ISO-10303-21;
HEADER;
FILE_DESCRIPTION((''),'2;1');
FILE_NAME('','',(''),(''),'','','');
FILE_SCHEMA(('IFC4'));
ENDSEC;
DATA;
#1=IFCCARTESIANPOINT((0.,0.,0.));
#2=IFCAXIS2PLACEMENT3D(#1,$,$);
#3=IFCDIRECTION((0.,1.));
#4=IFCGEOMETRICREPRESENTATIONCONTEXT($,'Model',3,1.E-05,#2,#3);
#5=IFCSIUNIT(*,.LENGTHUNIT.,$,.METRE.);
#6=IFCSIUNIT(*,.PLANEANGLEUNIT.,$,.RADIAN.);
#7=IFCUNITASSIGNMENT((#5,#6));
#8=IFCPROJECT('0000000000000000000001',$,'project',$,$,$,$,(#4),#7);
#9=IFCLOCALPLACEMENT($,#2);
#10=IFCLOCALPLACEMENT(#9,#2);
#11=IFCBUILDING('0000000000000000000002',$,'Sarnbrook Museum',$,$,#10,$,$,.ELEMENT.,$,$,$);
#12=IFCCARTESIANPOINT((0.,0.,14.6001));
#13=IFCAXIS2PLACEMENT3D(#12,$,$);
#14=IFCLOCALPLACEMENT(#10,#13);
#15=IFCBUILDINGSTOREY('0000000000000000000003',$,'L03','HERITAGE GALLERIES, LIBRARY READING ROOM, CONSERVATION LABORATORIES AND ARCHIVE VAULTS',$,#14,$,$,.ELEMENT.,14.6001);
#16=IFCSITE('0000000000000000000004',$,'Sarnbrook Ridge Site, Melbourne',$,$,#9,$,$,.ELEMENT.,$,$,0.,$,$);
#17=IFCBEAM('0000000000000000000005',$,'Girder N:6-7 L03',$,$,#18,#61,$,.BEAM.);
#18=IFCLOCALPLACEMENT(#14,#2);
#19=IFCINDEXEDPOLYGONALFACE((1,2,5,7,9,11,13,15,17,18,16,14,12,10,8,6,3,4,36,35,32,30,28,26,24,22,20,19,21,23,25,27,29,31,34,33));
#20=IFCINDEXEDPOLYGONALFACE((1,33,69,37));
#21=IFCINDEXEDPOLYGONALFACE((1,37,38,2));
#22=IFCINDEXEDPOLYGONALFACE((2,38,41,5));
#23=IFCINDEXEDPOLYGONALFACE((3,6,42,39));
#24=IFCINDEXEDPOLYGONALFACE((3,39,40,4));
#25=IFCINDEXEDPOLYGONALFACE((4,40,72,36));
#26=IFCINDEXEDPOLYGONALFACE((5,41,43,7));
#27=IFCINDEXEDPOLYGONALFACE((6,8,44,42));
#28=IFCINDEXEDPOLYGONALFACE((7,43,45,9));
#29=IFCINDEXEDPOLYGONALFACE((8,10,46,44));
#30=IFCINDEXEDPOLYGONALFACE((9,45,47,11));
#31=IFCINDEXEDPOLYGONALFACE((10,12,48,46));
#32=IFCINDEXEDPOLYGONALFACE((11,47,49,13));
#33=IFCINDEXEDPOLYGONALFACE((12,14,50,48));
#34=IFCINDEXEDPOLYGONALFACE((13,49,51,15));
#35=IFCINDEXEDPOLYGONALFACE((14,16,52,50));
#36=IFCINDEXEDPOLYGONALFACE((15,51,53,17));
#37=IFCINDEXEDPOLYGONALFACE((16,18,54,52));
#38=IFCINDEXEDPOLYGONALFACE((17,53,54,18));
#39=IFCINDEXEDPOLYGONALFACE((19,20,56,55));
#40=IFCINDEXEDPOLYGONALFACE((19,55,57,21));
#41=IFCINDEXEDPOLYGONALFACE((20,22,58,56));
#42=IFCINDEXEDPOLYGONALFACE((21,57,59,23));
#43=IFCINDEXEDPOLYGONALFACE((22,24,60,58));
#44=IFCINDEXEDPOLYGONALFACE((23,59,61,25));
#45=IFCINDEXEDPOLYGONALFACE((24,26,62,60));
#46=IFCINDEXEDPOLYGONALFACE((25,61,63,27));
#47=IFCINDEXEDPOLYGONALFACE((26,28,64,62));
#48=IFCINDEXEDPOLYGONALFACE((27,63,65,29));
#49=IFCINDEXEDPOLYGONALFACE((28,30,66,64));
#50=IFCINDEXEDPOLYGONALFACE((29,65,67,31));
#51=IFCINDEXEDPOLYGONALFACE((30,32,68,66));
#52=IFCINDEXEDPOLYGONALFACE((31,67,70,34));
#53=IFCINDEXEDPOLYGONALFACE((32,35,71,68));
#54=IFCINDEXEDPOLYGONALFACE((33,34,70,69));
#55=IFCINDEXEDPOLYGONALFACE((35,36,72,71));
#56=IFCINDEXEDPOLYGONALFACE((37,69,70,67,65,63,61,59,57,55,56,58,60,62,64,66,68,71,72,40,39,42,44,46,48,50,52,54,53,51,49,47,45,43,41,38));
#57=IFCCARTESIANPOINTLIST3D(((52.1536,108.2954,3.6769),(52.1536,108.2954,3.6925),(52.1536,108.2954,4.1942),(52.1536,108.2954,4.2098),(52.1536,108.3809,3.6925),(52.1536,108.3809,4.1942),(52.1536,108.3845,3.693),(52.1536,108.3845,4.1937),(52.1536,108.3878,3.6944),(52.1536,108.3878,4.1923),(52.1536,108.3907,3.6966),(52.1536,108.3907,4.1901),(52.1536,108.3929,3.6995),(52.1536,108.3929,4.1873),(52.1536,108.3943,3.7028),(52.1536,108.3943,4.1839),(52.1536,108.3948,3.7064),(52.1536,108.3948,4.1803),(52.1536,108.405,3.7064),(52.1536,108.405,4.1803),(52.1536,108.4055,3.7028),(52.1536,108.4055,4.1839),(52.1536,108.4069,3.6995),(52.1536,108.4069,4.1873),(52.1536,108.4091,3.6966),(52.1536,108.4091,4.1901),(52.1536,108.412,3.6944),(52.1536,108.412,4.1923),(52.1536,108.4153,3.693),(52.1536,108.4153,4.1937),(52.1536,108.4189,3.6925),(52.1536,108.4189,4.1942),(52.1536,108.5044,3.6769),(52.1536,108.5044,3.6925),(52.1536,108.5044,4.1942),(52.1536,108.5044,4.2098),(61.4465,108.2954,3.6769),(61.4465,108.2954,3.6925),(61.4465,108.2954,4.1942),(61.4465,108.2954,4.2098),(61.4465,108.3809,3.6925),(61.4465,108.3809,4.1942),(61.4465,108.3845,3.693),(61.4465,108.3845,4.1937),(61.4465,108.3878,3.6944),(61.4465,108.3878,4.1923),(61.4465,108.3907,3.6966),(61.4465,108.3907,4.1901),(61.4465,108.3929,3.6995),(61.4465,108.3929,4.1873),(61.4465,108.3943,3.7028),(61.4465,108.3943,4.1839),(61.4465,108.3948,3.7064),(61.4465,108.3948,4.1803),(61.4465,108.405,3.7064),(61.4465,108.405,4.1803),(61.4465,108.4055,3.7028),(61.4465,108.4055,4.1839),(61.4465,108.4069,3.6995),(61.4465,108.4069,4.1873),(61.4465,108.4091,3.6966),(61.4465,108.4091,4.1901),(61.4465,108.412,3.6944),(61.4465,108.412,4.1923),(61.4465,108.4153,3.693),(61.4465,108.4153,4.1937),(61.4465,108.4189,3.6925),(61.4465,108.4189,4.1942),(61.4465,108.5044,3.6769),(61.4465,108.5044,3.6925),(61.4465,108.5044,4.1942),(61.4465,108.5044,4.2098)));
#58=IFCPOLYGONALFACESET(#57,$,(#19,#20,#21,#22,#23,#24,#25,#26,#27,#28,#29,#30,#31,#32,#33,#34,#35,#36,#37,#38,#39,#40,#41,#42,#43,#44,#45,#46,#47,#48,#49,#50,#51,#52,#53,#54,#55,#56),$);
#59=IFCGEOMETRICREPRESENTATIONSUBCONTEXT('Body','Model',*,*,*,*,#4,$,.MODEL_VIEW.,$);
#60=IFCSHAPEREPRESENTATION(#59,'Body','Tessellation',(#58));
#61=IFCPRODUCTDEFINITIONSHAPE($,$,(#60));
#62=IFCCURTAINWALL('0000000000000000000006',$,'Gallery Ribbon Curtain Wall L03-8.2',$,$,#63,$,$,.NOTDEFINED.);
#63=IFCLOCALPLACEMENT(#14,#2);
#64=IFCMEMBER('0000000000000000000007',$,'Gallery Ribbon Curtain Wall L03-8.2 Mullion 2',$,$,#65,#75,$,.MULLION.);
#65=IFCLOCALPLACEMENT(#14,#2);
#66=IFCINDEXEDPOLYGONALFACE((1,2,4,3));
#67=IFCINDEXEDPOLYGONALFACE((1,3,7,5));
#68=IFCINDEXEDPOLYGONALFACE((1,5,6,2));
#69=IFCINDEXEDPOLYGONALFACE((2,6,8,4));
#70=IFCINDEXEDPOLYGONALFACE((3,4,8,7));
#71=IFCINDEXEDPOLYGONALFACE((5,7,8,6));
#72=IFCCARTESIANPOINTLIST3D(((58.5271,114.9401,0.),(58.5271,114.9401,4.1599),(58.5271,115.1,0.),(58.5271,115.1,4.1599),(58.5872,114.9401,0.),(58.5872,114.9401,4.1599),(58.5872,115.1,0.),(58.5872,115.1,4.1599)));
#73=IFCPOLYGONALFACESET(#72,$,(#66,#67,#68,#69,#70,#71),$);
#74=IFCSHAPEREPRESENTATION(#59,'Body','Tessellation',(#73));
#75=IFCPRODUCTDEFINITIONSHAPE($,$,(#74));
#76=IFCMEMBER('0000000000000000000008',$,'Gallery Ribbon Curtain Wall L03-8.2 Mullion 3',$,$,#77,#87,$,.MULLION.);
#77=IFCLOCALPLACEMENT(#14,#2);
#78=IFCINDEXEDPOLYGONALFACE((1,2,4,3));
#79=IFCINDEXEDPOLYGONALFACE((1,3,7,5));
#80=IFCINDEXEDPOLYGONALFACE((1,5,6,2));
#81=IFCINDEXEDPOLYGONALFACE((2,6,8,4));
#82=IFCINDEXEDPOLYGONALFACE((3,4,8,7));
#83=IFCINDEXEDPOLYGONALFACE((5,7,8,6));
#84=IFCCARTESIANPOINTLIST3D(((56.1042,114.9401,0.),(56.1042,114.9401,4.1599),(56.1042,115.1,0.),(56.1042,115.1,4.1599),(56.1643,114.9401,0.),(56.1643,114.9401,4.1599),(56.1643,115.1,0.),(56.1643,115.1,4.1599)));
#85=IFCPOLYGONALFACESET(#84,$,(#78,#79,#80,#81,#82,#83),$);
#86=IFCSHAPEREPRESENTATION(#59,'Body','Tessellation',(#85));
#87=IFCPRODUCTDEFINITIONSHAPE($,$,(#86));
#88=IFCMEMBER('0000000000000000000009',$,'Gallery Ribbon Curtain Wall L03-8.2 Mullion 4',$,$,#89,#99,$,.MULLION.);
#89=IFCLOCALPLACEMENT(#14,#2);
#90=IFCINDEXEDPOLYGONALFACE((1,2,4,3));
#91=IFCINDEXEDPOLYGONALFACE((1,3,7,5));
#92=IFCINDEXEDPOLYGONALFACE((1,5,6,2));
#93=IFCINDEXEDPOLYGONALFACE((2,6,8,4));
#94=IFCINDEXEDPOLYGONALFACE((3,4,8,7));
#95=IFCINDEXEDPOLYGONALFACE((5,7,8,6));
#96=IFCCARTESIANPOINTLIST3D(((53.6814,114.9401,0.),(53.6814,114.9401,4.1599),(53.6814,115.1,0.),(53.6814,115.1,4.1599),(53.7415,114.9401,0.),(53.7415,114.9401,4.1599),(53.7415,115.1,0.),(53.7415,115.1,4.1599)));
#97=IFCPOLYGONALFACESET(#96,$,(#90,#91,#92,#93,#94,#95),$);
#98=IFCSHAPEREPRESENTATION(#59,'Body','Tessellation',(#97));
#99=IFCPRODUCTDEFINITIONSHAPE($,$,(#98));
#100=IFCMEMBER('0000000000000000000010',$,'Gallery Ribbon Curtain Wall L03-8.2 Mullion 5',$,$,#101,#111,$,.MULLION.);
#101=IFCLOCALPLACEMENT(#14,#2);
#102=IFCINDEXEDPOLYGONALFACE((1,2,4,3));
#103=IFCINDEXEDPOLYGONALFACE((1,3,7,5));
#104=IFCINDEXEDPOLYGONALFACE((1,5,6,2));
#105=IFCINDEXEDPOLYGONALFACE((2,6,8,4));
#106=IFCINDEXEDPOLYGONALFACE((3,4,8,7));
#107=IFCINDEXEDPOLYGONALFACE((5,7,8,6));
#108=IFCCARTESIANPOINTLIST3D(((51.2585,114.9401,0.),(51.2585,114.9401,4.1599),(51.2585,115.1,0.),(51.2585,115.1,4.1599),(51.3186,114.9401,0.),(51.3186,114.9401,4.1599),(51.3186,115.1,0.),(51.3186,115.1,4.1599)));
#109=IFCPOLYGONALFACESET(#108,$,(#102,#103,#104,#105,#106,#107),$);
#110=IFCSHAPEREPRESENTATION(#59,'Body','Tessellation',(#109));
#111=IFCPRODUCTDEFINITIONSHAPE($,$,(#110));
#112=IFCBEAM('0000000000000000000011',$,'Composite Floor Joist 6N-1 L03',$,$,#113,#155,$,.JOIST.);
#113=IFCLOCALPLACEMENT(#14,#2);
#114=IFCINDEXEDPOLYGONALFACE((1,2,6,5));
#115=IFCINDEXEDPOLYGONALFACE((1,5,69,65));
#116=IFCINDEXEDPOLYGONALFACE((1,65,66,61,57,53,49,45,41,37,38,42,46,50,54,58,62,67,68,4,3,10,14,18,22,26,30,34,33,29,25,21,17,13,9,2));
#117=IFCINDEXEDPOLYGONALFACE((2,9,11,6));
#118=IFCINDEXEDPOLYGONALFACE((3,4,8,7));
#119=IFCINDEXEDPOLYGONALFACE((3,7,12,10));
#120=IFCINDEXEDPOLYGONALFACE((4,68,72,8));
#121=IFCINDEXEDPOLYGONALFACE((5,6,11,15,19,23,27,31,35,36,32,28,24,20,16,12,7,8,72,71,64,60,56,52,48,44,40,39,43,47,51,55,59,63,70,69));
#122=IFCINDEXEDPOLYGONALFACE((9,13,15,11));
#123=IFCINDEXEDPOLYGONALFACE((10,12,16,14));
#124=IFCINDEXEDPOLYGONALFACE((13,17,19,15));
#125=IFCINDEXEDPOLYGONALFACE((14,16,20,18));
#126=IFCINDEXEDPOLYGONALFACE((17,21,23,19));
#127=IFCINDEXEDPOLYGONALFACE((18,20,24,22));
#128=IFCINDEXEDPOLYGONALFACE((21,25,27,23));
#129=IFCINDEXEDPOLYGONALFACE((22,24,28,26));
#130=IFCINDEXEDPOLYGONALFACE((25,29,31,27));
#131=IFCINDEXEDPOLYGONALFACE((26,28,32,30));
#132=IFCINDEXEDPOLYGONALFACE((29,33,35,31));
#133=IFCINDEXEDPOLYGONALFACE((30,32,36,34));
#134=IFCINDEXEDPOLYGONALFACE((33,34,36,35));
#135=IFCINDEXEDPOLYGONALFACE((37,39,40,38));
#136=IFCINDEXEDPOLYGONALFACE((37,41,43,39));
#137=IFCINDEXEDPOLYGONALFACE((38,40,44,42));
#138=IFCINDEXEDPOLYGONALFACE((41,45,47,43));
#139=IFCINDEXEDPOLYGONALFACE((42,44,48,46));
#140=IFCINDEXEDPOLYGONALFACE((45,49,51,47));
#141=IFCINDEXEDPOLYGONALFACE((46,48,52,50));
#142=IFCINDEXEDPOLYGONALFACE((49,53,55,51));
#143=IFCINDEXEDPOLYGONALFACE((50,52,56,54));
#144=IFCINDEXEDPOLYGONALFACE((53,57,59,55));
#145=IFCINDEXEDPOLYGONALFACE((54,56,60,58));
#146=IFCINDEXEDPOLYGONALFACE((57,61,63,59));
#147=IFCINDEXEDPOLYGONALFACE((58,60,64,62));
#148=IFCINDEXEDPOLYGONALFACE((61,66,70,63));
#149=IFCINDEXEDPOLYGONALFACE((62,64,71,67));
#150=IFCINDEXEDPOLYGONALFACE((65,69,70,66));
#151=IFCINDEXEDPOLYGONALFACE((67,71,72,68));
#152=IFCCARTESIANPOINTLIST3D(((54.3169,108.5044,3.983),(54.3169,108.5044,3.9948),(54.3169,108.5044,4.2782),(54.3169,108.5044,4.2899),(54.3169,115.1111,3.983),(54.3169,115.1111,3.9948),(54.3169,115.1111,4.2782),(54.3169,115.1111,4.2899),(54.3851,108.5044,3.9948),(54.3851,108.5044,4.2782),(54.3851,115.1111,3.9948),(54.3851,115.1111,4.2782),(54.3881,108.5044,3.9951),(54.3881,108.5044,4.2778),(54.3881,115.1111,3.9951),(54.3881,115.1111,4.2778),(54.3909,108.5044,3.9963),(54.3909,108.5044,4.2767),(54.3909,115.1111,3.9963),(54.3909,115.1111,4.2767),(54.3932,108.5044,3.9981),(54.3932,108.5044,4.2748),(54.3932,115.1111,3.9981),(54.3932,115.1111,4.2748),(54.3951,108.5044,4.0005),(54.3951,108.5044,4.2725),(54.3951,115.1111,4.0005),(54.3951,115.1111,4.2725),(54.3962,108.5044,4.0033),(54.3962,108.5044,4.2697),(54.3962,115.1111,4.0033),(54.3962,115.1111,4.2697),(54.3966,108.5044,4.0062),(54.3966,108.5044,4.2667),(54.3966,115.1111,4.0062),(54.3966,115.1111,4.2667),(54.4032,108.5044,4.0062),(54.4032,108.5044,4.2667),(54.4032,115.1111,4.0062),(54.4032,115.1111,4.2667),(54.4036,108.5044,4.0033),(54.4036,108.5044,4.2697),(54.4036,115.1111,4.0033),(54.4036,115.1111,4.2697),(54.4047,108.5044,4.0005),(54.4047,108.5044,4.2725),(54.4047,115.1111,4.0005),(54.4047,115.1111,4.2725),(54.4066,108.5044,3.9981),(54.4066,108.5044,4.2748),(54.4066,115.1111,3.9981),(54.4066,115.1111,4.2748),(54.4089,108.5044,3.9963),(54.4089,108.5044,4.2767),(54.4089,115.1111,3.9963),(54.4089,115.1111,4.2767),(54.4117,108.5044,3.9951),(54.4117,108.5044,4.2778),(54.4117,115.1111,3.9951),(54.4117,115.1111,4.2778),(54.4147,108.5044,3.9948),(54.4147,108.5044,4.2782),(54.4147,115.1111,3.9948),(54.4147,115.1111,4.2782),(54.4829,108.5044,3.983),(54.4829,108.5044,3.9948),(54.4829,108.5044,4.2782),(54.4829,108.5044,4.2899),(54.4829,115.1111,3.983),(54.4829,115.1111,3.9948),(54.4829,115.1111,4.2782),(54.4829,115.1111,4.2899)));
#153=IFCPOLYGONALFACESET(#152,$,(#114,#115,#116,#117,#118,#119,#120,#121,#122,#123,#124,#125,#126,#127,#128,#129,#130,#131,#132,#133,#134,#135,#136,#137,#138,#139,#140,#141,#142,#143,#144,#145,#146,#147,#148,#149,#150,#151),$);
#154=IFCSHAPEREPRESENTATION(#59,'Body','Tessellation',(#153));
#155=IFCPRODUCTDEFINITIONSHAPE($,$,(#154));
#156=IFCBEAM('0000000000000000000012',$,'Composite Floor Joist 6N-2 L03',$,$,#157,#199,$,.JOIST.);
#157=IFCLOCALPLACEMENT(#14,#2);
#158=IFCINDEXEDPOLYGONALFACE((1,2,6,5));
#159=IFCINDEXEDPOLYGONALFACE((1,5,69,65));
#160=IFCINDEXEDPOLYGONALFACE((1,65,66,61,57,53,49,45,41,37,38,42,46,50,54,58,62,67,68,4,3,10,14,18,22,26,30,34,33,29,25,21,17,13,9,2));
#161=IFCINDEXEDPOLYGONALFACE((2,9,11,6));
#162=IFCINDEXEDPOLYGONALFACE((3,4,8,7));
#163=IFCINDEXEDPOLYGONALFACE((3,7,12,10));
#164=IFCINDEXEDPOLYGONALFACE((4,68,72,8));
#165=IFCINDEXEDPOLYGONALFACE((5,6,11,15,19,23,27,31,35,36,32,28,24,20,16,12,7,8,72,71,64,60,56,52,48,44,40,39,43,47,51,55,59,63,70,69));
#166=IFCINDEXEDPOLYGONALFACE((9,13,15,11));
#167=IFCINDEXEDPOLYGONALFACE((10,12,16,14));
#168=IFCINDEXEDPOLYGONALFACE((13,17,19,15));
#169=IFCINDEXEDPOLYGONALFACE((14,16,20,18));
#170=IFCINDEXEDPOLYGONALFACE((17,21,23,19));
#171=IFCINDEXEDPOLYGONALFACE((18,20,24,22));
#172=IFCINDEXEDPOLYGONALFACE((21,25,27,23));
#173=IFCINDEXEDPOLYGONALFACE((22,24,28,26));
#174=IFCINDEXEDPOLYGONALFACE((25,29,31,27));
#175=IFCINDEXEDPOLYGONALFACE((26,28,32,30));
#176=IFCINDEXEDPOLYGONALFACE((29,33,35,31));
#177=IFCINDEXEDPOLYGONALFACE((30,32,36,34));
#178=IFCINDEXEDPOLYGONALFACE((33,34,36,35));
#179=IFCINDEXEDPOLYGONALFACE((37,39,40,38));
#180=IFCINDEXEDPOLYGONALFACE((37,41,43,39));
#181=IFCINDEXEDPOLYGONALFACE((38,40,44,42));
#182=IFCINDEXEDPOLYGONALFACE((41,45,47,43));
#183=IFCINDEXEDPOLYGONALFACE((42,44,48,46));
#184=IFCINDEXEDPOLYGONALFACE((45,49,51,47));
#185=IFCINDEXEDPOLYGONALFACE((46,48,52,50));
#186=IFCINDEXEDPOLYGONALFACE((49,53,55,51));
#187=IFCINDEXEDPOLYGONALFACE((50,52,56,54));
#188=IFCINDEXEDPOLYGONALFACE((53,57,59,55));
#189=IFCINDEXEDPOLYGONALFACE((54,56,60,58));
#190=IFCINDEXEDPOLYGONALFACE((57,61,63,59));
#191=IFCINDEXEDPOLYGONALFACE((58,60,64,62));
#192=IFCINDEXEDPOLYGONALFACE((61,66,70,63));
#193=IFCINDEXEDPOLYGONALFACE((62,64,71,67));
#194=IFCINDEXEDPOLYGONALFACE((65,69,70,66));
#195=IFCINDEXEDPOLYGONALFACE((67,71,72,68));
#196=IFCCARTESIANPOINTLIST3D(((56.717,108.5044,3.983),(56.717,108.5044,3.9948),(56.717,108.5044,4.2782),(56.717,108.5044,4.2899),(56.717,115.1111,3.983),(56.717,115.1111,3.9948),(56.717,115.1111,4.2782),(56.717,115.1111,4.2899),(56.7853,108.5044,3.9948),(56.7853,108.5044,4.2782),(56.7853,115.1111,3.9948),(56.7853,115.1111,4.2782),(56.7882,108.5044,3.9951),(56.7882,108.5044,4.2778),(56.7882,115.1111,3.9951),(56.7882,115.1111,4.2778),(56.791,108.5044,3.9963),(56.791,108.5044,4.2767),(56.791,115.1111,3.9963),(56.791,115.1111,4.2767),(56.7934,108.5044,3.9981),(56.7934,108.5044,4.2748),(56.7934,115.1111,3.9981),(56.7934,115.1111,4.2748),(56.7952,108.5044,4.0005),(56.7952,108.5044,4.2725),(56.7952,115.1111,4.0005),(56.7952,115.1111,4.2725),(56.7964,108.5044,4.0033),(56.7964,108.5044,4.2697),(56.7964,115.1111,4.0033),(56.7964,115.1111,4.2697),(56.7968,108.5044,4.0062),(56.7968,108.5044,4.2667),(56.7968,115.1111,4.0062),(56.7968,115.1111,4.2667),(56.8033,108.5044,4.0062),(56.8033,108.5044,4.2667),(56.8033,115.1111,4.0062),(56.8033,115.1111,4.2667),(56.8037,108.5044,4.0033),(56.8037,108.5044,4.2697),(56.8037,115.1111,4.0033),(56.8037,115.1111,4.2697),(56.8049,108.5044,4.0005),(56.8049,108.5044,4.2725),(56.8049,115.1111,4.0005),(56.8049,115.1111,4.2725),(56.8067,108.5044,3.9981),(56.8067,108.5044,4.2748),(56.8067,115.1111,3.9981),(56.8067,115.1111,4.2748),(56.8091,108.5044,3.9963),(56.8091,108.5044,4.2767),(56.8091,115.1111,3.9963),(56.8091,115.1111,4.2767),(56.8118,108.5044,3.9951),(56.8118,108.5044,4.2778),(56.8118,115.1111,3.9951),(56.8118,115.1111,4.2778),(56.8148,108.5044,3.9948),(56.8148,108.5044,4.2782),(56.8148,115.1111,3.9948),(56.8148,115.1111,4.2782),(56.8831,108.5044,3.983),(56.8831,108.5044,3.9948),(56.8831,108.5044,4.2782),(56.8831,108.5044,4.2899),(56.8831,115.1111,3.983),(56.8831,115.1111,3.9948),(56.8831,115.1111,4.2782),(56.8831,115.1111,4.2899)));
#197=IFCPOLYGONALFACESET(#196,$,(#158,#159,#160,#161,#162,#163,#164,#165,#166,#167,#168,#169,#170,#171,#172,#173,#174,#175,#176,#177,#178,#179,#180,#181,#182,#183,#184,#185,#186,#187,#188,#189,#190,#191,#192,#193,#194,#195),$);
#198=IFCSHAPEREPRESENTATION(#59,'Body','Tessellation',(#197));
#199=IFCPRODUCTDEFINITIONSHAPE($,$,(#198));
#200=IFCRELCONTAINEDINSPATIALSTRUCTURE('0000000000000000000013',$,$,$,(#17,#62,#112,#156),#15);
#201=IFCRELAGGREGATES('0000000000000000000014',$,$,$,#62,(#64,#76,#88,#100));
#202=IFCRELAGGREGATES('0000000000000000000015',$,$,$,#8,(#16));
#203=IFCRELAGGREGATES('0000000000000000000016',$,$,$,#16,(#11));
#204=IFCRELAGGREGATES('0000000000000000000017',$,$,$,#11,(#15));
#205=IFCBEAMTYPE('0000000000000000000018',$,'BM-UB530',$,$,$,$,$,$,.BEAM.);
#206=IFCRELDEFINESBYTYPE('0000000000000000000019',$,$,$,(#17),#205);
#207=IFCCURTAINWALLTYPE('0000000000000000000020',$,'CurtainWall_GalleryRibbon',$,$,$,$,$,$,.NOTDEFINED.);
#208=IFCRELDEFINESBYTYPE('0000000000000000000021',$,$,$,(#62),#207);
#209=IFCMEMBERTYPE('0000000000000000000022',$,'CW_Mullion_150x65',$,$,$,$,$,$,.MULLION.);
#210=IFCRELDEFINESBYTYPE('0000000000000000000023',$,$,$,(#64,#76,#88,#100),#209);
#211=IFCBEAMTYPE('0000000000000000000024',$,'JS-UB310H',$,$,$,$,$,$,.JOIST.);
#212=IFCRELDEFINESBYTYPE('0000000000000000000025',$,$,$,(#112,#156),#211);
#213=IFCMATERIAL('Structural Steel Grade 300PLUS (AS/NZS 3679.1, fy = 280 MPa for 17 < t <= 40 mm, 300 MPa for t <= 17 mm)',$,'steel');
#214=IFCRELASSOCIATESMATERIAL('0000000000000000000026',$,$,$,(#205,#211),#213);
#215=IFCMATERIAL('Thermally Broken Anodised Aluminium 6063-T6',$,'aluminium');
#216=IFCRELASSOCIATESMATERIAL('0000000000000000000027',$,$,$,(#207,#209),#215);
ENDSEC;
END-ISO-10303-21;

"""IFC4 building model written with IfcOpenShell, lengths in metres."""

from ifc_helpers import new_model, si_unit, direction, frame, origin, origin_2d, place, context, subcontext, project, spatial, rectangle, i_section, extrude, material, material_profile, profile_set, type_object, element, aggregate, save


model = new_model("IFC4")

# Units and contexts
model_context = context("Model", 3, precision=1e-05, world=origin(), true_north=direction((0.0, 1.0)))
body_context = subcontext(model_context, "Body", "Model", "MODEL_VIEW")
ifc_project = project(units=[si_unit("LENGTHUNIT", "METRE"), si_unit("PLANEANGLEUNIT", "RADIAN")], contexts=[model_context])

# Site, building, storey
site_placement = place(None, origin())
site = spatial("IfcSite", under=ifc_project, at=site_placement, Name="Sarnbrook Ridge Site, Melbourne", CompositionType="ELEMENT", RefElevation=0.0)
building_placement = place(site_placement, origin())
building = spatial("IfcBuilding", under=site, at=building_placement, Name="Sarnbrook Museum", CompositionType="ELEMENT")
storey_placement = place(building_placement, frame((0.0, 0.0, 14.6001)))
storey = spatial("IfcBuildingStorey", under=building, at=storey_placement, Name="L03", Description="HERITAGE GALLERIES, LIBRARY READING ROOM, CONSERVATION LABORATORIES AND ARCHIVE VAULTS", CompositionType="ELEMENT", Elevation=14.6001)

# Shared definitions
ifc_material_1 = material(Name="Structural Steel Grade 300PLUS (AS/NZS 3679.1, fy = 280 MPa for 17 < t <= 40 mm, 300 MPa for t <= 17 mm)", Category="steel")

# Beam
ifc_material_profile_1 = material_profile(ifc_material_1, i_section(OverallWidth=0.209, OverallDepth=0.533, WebThickness=0.0103, FlangeThickness=0.0156, FilletRadius=0.0139, at=origin_2d()), Name="530UB92.4")
ifc_profile_set_1 = profile_set([ifc_material_profile_1], Name="Structural Steel Grade 300PLUS (AS/NZS 3679.1, fy = 280 MPa for 17 < t <= 40 mm, 300 MPa for t <= 17 mm)")
beam_type_1 = type_object("IfcBeamType", Name="BM-UB530", PredefinedType="BEAM", material=ifc_profile_set_1)
beam_1_placement = place(storey_placement, frame((52.1536, 108.3999, 3.9434), z_axis=(1.0, 0.0, 0.0), x_axis=(0.0, 1.0, 0.0)))
element("IfcBeam", 1, at=beam_1_placement, inside=storey, type_object=beam_type_1, Name="Girder N:6-7 L03", PredefinedType="BEAM", context=body_context, shape_type="SweptSolid", body=[
    extrude(i_section(OverallWidth=0.209, OverallDepth=0.533, WebThickness=0.0103, FlangeThickness=0.0156, FilletRadius=0.0139, at=origin_2d()), origin(), (0.0, 0.0, 1.0), 9.293),
])

# Curtain wall, members
ifc_material_2 = material(Name="Thermally Broken Anodised Aluminium 6063-T6", Category="aluminium")
curtain_wall_type = type_object("IfcCurtainWallType", Name="CurtainWall_GalleryRibbon", PredefinedType="NOTDEFINED", material=ifc_material_2)
curtain_wall_placement = place(storey_placement, origin())
curtain_wall = element("IfcCurtainWall", 2, at=curtain_wall_placement, inside=storey, type_object=curtain_wall_type, Name="Gallery Ribbon Curtain Wall L03-8.2", PredefinedType="NOTDEFINED")
ifc_material_profile_2 = material_profile(ifc_material_2, rectangle(XDim=0.0601, YDim=0.1599, at=origin_2d()), Name="ALU MULLION 60x160")
ifc_profile_set_2 = profile_set([ifc_material_profile_2], Name="Thermally Broken Anodised Aluminium 6063-T6")
member_type = type_object("IfcMemberType", Name="CW_Mullion_150x65", PredefinedType="MULLION", material=ifc_profile_set_2)
member_1_placement = place(storey_placement, frame((58.5571, 115.02, 0.0), z_axis=(0.0, 0.0, 1.0), x_axis=(1.0, 0.0, 0.0)))
member_1 = element("IfcMember", 3, at=member_1_placement, type_object=member_type, Name="Gallery Ribbon Curtain Wall L03-8.2 Mullion 2", PredefinedType="MULLION", context=body_context, shape_type="SweptSolid", body=[
    extrude(rectangle(XDim=0.0601, YDim=0.1599, at=origin_2d()), origin(), (0.0, 0.0, 1.0), 4.1599),
])
member_2_placement = place(storey_placement, frame((56.1343, 115.02, 0.0), z_axis=(0.0, 0.0, 1.0), x_axis=(1.0, 0.0, 0.0)))
member_2 = element("IfcMember", 4, at=member_2_placement, type_object=member_type, Name="Gallery Ribbon Curtain Wall L03-8.2 Mullion 3", PredefinedType="MULLION", context=body_context, shape_type="SweptSolid", body=[
    extrude(rectangle(XDim=0.0601, YDim=0.1599, at=origin_2d()), origin(), (0.0, 0.0, 1.0), 4.1599),
])
member_3_placement = place(storey_placement, frame((53.7114, 115.02, 0.0), z_axis=(0.0, 0.0, 1.0), x_axis=(1.0, 0.0, 0.0)))
member_3 = element("IfcMember", 5, at=member_3_placement, type_object=member_type, Name="Gallery Ribbon Curtain Wall L03-8.2 Mullion 4", PredefinedType="MULLION", context=body_context, shape_type="SweptSolid", body=[
    extrude(rectangle(XDim=0.0601, YDim=0.1599, at=origin_2d()), origin(), (0.0, 0.0, 1.0), 4.1599),
])
member_4_placement = place(storey_placement, frame((51.2886, 115.02, 0.0), z_axis=(0.0, 0.0, 1.0), x_axis=(1.0, 0.0, 0.0)))
member_4 = element("IfcMember", 6, at=member_4_placement, type_object=member_type, Name="Gallery Ribbon Curtain Wall L03-8.2 Mullion 5", PredefinedType="MULLION", context=body_context, shape_type="SweptSolid", body=[
    extrude(rectangle(XDim=0.0601, YDim=0.1599, at=origin_2d()), origin(), (0.0, 0.0, 1.0), 4.1599),
])

# Beams
ifc_material_profile_3 = material_profile(ifc_material_1, i_section(OverallWidth=0.166, OverallDepth=0.3069, WebThickness=0.0066, FlangeThickness=0.0117, FilletRadius=0.0115, at=origin_2d()), Name="310UB46.2")
ifc_profile_set_3 = profile_set([ifc_material_profile_3], Name="Structural Steel Grade 300PLUS (AS/NZS 3679.1, fy = 280 MPa for 17 < t <= 40 mm, 300 MPa for t <= 17 mm)")
beam_type_2 = type_object("IfcBeamType", Name="JS-UB310H", PredefinedType="JOIST", material=ifc_profile_set_3)
for number, where, z_axis, x_axis, name in (
    (7, (54.3999, 108.5044, 4.1365), (0.0, 1.0, 0.0), (-1.0, 0.0, 0.0), "Composite Floor Joist 6N-1 L03"),
    (8, (56.8, 108.5044, 4.1365), (0.0, 1.0, 0.0), (-1.0, 0.0, 0.0), "Composite Floor Joist 6N-2 L03"),
):
    element("IfcBeam", number, at=place(storey_placement, frame(where, z_axis=z_axis, x_axis=x_axis)), inside=storey, type_object=beam_type_2, Name=name, PredefinedType="JOIST", context=body_context, shape_type="SweptSolid", body=[
        extrude(i_section(OverallWidth=0.166, OverallDepth=0.3069, WebThickness=0.0066, FlangeThickness=0.0117, FilletRadius=0.0115, at=origin_2d()), origin(), (0.0, 0.0, 1.0), 6.6067),
    ])

aggregate(curtain_wall, [member_1, member_2, member_3, member_4])

save(model, "model.ifc")
